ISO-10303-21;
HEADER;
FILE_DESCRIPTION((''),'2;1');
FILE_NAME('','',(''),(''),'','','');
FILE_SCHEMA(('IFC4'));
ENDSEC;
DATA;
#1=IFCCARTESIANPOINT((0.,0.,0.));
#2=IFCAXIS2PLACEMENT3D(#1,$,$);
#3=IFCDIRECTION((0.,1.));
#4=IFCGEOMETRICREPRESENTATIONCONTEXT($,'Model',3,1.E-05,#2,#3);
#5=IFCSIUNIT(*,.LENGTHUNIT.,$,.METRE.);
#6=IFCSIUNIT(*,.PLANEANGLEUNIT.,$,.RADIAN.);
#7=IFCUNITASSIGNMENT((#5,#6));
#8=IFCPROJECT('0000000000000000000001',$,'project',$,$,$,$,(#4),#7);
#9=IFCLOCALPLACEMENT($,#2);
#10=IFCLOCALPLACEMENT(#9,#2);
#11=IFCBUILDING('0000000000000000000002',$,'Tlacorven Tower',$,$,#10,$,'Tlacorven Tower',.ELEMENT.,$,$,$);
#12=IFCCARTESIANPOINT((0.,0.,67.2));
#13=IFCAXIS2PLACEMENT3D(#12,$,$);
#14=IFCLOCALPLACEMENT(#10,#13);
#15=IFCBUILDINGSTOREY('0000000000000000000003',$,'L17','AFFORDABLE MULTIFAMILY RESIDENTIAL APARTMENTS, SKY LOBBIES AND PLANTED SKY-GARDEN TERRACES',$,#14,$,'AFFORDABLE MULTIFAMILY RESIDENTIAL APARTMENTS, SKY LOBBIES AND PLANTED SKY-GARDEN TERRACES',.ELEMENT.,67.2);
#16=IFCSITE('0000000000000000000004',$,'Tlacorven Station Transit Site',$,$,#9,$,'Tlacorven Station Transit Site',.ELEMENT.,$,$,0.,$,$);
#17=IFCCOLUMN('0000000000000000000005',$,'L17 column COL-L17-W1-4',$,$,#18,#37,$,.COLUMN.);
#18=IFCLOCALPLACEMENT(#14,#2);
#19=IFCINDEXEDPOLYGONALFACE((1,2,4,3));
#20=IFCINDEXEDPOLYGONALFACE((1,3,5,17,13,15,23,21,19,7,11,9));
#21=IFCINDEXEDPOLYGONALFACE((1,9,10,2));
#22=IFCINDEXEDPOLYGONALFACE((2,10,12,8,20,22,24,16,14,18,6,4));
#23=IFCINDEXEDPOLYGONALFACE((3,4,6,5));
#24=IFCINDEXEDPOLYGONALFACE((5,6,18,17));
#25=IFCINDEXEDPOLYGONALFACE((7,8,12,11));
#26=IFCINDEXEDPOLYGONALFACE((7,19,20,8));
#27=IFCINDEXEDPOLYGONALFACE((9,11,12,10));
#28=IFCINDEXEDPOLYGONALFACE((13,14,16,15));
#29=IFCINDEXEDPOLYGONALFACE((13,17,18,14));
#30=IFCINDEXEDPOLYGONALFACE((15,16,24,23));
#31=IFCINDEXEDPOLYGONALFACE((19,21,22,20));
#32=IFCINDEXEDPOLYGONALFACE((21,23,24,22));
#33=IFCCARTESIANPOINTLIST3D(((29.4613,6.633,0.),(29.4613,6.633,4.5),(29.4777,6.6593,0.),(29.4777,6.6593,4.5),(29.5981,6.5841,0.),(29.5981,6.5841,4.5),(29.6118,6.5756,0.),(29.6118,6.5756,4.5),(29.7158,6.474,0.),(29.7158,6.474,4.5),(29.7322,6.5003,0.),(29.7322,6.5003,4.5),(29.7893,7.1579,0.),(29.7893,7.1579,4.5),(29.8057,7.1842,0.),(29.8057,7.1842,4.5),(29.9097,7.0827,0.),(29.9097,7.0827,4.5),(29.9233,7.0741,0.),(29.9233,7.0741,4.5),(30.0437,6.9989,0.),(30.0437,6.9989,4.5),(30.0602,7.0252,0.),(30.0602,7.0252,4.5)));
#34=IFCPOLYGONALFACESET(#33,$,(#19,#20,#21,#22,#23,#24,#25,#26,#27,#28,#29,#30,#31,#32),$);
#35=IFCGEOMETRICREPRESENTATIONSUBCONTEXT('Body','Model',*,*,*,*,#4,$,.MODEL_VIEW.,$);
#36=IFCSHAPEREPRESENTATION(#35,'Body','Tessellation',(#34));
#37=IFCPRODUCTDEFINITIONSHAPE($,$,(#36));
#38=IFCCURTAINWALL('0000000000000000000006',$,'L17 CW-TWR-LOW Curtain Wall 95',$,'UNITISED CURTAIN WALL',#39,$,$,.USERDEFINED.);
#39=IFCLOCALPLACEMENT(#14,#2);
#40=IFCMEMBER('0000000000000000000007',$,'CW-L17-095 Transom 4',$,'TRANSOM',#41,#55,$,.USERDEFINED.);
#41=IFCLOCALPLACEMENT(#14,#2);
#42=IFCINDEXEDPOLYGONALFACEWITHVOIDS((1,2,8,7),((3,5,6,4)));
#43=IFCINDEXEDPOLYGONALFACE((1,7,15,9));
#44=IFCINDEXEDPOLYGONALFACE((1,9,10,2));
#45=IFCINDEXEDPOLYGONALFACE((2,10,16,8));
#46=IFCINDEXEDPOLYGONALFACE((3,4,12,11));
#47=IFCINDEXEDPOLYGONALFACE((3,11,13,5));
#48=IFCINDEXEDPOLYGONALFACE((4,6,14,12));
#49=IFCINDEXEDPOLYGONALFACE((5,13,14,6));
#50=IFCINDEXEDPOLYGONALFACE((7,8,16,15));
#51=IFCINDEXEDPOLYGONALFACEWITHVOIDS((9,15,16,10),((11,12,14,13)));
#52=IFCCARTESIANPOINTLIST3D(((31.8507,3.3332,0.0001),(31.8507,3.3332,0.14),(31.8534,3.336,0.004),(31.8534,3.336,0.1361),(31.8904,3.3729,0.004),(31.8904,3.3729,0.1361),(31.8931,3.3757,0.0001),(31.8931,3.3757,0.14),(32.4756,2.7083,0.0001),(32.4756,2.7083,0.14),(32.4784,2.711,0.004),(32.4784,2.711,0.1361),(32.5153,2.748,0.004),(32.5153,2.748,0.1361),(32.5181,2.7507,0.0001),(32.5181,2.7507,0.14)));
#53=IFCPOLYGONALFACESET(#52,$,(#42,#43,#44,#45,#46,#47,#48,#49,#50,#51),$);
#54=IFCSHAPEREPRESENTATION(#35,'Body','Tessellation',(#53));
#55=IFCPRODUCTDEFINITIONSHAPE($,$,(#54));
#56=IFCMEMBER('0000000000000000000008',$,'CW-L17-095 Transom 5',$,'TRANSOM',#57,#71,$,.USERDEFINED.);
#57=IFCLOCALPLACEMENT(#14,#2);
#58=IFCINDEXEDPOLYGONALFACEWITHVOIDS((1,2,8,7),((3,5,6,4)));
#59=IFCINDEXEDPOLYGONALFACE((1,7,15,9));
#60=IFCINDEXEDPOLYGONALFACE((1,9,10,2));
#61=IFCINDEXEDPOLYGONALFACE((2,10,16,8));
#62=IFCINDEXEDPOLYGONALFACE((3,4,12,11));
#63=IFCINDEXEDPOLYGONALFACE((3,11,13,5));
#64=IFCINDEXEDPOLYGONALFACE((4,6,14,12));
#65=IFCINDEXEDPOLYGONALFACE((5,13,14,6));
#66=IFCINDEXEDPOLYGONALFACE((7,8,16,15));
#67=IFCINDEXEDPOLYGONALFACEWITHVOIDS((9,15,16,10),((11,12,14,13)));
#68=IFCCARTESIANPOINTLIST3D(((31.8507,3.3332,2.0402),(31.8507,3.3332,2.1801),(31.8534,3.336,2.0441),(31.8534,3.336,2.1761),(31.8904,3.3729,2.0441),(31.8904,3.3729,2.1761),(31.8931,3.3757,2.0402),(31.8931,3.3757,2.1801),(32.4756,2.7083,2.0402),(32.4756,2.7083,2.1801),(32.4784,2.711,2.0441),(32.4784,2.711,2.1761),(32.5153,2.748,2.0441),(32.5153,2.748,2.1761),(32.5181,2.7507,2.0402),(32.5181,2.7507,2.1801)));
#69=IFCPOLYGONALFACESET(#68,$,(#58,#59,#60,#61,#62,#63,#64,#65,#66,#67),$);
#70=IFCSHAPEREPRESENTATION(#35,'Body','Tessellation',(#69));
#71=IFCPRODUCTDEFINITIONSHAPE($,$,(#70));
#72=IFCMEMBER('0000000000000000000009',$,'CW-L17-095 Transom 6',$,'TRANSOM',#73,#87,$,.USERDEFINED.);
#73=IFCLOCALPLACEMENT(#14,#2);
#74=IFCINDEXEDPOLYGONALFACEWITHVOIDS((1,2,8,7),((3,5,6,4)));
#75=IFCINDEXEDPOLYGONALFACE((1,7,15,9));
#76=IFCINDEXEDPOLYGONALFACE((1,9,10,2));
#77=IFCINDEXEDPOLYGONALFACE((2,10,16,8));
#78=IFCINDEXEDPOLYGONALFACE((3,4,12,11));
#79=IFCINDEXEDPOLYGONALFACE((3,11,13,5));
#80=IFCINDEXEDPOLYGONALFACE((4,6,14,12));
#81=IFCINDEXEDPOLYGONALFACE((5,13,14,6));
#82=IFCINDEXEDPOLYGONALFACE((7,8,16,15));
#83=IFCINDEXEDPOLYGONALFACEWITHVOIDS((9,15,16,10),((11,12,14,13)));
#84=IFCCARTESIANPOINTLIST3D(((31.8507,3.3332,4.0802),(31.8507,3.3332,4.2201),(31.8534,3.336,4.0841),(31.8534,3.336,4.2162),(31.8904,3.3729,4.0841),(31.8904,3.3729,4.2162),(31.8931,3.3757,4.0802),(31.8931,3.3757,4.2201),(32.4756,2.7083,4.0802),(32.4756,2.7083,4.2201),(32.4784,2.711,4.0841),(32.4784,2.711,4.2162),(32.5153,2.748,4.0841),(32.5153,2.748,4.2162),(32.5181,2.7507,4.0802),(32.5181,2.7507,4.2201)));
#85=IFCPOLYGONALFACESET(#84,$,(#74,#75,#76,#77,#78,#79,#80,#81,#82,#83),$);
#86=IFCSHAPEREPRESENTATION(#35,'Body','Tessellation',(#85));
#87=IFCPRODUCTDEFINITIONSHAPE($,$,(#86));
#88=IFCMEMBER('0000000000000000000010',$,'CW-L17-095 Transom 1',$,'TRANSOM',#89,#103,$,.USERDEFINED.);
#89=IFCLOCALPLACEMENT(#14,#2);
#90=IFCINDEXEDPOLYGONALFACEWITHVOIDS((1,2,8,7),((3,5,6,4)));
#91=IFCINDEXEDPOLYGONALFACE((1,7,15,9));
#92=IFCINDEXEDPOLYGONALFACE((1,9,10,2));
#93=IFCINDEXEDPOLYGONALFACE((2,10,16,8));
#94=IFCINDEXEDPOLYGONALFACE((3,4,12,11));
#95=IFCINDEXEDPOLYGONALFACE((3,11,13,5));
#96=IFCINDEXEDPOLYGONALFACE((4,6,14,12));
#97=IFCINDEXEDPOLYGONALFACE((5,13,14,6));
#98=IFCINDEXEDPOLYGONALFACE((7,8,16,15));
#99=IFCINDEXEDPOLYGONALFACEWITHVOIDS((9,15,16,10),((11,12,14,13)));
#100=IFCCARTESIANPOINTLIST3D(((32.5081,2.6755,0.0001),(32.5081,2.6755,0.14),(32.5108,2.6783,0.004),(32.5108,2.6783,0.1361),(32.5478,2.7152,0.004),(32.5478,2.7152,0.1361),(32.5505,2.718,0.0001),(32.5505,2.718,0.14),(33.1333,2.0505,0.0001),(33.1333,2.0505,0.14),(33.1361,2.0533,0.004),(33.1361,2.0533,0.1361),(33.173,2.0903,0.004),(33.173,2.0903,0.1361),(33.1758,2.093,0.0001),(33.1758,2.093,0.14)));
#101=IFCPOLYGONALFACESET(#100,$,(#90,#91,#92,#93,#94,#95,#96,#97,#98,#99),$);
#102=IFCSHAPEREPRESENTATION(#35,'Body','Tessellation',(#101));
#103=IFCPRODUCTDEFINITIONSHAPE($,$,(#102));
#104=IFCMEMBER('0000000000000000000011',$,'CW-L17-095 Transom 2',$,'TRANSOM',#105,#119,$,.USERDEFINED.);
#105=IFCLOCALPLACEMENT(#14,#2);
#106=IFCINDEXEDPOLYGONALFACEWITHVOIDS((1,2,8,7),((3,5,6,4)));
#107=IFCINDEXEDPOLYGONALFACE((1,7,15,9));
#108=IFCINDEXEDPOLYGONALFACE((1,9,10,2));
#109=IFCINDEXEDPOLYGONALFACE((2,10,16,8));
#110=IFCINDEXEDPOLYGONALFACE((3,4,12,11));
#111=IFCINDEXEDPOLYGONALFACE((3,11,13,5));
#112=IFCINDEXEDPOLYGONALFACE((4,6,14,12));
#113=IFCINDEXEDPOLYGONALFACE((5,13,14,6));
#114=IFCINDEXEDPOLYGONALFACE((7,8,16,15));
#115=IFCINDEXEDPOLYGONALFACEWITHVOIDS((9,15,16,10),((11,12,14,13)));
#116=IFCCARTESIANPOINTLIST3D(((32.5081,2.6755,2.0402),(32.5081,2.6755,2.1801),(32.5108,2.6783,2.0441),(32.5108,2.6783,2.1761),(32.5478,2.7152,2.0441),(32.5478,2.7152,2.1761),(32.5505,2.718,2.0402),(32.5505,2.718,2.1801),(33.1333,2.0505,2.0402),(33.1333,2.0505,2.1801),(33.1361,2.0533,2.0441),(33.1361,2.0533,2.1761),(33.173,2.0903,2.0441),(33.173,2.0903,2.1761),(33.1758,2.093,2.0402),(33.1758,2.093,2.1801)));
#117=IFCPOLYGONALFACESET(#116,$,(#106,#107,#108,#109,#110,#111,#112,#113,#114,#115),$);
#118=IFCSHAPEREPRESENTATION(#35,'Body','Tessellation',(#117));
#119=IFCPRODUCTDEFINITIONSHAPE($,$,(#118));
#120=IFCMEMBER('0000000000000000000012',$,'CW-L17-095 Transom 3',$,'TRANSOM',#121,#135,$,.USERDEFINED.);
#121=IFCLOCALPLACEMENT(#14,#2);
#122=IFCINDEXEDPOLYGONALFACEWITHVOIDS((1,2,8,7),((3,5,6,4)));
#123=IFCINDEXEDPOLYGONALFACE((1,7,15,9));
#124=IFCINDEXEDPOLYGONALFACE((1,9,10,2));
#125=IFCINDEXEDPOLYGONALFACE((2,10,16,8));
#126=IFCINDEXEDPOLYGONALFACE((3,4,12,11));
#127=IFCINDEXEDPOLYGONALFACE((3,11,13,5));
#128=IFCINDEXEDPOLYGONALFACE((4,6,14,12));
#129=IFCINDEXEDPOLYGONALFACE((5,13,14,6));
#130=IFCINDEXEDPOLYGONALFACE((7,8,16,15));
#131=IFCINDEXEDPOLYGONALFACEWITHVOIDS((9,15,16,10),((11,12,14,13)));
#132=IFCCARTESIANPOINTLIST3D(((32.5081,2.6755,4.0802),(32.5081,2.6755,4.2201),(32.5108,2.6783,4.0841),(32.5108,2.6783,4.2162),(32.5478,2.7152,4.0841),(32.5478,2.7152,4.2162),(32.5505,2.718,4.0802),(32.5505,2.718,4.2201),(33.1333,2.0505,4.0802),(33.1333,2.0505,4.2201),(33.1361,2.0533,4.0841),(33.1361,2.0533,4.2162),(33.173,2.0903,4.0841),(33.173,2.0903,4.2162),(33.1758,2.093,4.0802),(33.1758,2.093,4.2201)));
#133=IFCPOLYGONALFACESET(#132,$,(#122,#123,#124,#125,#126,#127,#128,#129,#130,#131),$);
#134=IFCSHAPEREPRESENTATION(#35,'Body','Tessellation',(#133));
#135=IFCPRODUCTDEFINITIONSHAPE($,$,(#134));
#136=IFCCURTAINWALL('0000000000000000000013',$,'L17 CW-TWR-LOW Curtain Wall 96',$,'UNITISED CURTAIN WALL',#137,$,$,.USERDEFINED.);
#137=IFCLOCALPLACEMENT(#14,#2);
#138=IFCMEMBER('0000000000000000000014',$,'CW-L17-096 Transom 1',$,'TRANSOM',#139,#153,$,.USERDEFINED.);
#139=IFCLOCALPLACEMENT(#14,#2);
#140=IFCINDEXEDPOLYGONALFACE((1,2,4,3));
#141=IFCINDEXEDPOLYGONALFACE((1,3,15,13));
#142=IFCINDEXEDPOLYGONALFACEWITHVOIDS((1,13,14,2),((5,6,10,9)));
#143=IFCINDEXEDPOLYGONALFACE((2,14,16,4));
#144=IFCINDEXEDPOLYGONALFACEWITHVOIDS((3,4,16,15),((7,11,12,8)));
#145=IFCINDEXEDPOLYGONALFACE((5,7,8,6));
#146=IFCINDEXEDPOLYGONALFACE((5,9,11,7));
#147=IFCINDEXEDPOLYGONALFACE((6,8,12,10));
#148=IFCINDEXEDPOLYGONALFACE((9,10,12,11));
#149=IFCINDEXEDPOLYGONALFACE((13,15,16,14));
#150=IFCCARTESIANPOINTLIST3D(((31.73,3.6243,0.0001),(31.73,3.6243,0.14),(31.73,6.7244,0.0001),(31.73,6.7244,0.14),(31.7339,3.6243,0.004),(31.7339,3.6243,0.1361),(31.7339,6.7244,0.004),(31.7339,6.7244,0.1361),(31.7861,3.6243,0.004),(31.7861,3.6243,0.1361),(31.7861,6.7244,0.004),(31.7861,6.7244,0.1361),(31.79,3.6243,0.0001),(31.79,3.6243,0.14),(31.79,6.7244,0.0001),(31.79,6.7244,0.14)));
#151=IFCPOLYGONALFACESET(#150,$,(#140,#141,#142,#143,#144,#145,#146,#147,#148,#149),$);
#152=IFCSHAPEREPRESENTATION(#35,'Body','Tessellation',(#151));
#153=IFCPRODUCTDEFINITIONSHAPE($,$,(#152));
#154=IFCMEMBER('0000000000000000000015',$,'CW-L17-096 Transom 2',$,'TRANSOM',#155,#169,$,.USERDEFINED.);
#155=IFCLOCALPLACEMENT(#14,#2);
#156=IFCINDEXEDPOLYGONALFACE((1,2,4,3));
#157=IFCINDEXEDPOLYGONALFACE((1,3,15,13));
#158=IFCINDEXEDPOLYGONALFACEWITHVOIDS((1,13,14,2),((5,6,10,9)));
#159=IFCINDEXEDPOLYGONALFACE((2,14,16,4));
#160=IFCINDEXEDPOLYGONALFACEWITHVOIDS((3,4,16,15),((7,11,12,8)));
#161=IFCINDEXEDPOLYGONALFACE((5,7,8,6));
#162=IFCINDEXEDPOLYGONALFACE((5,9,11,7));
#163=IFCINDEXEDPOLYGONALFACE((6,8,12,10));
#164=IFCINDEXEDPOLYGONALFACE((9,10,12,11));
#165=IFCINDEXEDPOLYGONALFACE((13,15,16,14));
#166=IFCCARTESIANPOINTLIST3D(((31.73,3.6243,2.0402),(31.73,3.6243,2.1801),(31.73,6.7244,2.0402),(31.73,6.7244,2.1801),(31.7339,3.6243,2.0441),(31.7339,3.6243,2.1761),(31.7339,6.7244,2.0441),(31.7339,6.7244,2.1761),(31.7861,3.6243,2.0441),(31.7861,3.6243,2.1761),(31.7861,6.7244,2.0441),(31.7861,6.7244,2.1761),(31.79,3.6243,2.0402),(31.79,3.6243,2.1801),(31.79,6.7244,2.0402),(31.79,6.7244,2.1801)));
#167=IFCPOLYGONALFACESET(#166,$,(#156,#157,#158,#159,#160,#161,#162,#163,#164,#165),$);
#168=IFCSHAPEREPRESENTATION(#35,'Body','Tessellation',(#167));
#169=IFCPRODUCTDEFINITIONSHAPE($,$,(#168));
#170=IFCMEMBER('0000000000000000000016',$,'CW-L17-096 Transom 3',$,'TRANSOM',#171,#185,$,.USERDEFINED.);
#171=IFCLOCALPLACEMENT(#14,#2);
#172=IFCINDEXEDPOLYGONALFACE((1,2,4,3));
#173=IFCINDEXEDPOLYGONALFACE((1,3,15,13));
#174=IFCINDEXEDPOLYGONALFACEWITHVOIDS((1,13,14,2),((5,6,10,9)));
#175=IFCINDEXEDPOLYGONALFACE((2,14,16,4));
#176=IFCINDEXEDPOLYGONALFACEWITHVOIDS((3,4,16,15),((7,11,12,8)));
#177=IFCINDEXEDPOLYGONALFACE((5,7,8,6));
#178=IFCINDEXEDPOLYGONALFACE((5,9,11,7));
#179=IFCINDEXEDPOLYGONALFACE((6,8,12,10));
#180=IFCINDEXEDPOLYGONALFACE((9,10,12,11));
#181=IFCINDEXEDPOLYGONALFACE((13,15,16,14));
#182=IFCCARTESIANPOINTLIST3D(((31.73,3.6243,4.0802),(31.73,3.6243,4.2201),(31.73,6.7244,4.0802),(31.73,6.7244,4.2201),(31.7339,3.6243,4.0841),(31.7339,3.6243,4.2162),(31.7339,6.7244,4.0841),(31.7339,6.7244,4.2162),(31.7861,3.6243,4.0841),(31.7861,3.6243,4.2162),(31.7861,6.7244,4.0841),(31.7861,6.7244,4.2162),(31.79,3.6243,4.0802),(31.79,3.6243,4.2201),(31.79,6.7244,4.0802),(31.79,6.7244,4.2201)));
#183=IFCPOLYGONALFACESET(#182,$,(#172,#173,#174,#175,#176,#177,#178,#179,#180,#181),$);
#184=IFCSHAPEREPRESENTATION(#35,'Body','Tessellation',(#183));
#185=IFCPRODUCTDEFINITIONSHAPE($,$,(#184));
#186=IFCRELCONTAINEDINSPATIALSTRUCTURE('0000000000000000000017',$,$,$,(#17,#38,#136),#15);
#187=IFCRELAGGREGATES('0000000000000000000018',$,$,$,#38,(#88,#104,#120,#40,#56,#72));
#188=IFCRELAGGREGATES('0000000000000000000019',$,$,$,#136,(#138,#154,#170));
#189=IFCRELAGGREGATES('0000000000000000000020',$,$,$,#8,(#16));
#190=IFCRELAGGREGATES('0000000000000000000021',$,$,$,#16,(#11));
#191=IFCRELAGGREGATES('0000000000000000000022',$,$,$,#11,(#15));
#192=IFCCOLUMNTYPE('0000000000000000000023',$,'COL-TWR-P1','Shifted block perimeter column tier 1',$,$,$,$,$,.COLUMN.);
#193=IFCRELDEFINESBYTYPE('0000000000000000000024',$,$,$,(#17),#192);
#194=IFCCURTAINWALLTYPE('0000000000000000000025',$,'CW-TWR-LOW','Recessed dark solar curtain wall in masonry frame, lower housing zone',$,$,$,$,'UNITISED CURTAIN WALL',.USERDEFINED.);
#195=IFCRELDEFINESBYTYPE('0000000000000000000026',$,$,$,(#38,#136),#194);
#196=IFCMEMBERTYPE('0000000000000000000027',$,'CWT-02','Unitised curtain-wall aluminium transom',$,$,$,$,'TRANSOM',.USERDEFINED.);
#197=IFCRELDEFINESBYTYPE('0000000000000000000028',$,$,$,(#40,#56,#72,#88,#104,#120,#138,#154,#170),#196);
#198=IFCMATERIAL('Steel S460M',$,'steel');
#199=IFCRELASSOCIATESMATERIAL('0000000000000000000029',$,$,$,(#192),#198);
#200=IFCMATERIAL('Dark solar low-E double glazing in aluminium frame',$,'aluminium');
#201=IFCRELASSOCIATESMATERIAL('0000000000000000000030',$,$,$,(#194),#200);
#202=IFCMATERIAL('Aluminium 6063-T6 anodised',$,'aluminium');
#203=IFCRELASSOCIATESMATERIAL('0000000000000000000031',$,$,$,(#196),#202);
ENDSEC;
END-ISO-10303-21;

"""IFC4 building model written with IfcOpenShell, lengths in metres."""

from ifc_helpers import new_model, si_unit, direction, frame, origin, origin_2d, place, context, subcontext, project, spatial, hollow_rectangle, i_section, extrude, source, transform, mapped, material, material_profile, profile_set, type_object, element, aggregate, save


model = new_model("IFC4")

# Units and contexts
model_context = context("Model", 3, precision=1e-05, world=origin(), true_north=direction((0.0, 1.0)))
body_context = subcontext(model_context, "Body", "Model", "MODEL_VIEW")
ifc_project = project(units=[si_unit("LENGTHUNIT", "METRE"), si_unit("PLANEANGLEUNIT", "RADIAN")], contexts=[model_context])

# Site, building, storey
site_placement = place(None, origin())
site = spatial("IfcSite", under=ifc_project, at=site_placement, Name="Tlacorven Station Transit Site", LongName="Tlacorven Station Transit Site", CompositionType="ELEMENT", RefElevation=0.0)
building_placement = place(site_placement, origin())
building = spatial("IfcBuilding", under=site, at=building_placement, Name="Tlacorven Tower", LongName="Tlacorven Tower", CompositionType="ELEMENT")
storey_placement = place(building_placement, frame((0.0, 0.0, 67.2)))
storey = spatial("IfcBuildingStorey", under=building, at=storey_placement, Name="L17", Description="AFFORDABLE MULTIFAMILY RESIDENTIAL APARTMENTS, SKY LOBBIES AND PLANTED SKY-GARDEN TERRACES", LongName="AFFORDABLE MULTIFAMILY RESIDENTIAL APARTMENTS, SKY LOBBIES AND PLANTED SKY-GARDEN TERRACES", CompositionType="ELEMENT", Elevation=67.2)

# Column
ifc_material_1 = material(Name="Steel S460M", Category="steel")
ifc_material_profile_1 = material_profile(ifc_material_1, i_section(OverallWidth=0.3, OverallDepth=0.6499, WebThickness=0.0161, FlangeThickness=0.031, at=origin_2d()), Name="HEB 650")
ifc_profile_set_1 = profile_set([ifc_material_profile_1], Name="Steel S460M")
column_type = type_object("IfcColumnType", Name="COL-TWR-P1", Description="Shifted block perimeter column tier 1", PredefinedType="COLUMN", material=ifc_profile_set_1)
shared_shape_1 = source(origin(), body_context, "Body", "SweptSolid", [
    extrude(i_section(OverallWidth=0.3, OverallDepth=0.6499, WebThickness=0.0161, FlangeThickness=0.031, at=origin_2d()), origin(), (0.0, 0.0, 1.0), 4.5),
])
column_placement = place(storey_placement, frame((29.7607, 6.8291, 0.0), z_axis=(0.0, 0.0, 1.0), x_axis=(-0.848048, 0.529919, 0.0)))
element("IfcColumn", 1, at=column_placement, inside=storey, type_object=column_type, Name="L17 column COL-L17-W1-4", PredefinedType="COLUMN", context=body_context, shape_type="MappedRepresentation", body=[
    mapped(shared_shape_1, transform((0.0, 0.0, 0.0), scale=1.0)),
])

# Curtain walls, members
ifc_material_2 = material(Name="Dark solar low-E double glazing in aluminium frame", Category="aluminium")
curtain_wall_type = type_object("IfcCurtainWallType", Name="CW-TWR-LOW", Description="Recessed dark solar curtain wall in masonry frame, lower housing zone", ElementType="UNITISED CURTAIN WALL", PredefinedType="USERDEFINED", material=ifc_material_2)
curtain_wall_1_placement = place(storey_placement, origin())
curtain_wall_1 = element("IfcCurtainWall", 2, at=curtain_wall_1_placement, inside=storey, type_object=curtain_wall_type, Name="L17 CW-TWR-LOW Curtain Wall 95", ObjectType="UNITISED CURTAIN WALL", PredefinedType="USERDEFINED")
ifc_material_3 = material(Name="Aluminium 6063-T6 anodised", Category="aluminium")
ifc_material_profile_2 = material_profile(ifc_material_3, hollow_rectangle(XDim=0.0601, YDim=0.1399, WallThickness=0.0039, at=origin_2d()), Name="ALU TRANSOM 60X140")
ifc_profile_set_2 = profile_set([ifc_material_profile_2], Name="Aluminium 6063-T6 anodised")
member_type_1 = type_object("IfcMemberType", Name="CWT-02", Description="Unitised curtain-wall aluminium transom", ElementType="TRANSOM", PredefinedType="USERDEFINED", material=ifc_profile_set_2)
shared_shape_2 = source(origin(), body_context, "Body", "SweptSolid", [
    extrude(hollow_rectangle(XDim=0.0601, YDim=0.1399, WallThickness=0.0039, at=origin_2d()), origin(), (0.0, 0.0, 1.0), 0.8838),
])
member_1_placement = place(storey_placement, frame((32.4968, 2.7295, 0.0701), z_axis=(-0.707107, 0.707107, 0.0), x_axis=(-0.707107, -0.707107, 0.0)))
member_1 = element("IfcMember", 3, at=member_1_placement, type_object=member_type_1, Name="CW-L17-095 Transom 4", ObjectType="TRANSOM", PredefinedType="USERDEFINED", context=body_context, shape_type="MappedRepresentation", body=[
    mapped(shared_shape_2, transform((0.0, 0.0, 0.0), scale=1.0)),
])
member_2_placement = place(storey_placement, frame((32.4968, 2.7295, 2.1101), z_axis=(-0.707107, 0.707107, 0.0), x_axis=(-0.707107, -0.707107, 0.0)))
member_2 = element("IfcMember", 4, at=member_2_placement, type_object=member_type_1, Name="CW-L17-095 Transom 5", ObjectType="TRANSOM", PredefinedType="USERDEFINED", context=body_context, shape_type="MappedRepresentation", body=[
    mapped(shared_shape_2, transform((0.0, 0.0, 0.0), scale=1.0)),
])
member_3_placement = place(storey_placement, frame((32.4968, 2.7295, 4.1501), z_axis=(-0.707107, 0.707107, 0.0), x_axis=(-0.707107, -0.707107, 0.0)))
member_3 = element("IfcMember", 5, at=member_3_placement, type_object=member_type_1, Name="CW-L17-095 Transom 6", ObjectType="TRANSOM", PredefinedType="USERDEFINED", context=body_context, shape_type="MappedRepresentation", body=[
    mapped(shared_shape_2, transform((0.0, 0.0, 0.0), scale=1.0)),
])
shared_shape_3 = source(origin(), body_context, "Body", "SweptSolid", [
    extrude(hollow_rectangle(XDim=0.0601, YDim=0.1399, WallThickness=0.0039, at=origin_2d()), origin(), (0.0, 0.0, 1.0), 0.884),
])
member_4_placement = place(storey_placement, frame((33.1545, 2.0718, 0.0701), z_axis=(-0.707245, 0.706969, 0.0), x_axis=(-0.706969, -0.707245, 0.0)))
member_4 = element("IfcMember", 6, at=member_4_placement, type_object=member_type_1, Name="CW-L17-095 Transom 1", ObjectType="TRANSOM", PredefinedType="USERDEFINED", context=body_context, shape_type="MappedRepresentation", body=[
    mapped(shared_shape_3, transform((0.0, 0.0, 0.0), scale=1.0)),
])
member_5_placement = place(storey_placement, frame((33.1545, 2.0718, 2.1101), z_axis=(-0.707245, 0.706969, 0.0), x_axis=(-0.706969, -0.707245, 0.0)))
member_5 = element("IfcMember", 7, at=member_5_placement, type_object=member_type_1, Name="CW-L17-095 Transom 2", ObjectType="TRANSOM", PredefinedType="USERDEFINED", context=body_context, shape_type="MappedRepresentation", body=[
    mapped(shared_shape_3, transform((0.0, 0.0, 0.0), scale=1.0)),
])
member_6_placement = place(storey_placement, frame((33.1545, 2.0718, 4.1501), z_axis=(-0.707245, 0.706969, 0.0), x_axis=(-0.706969, -0.707245, 0.0)))
member_6 = element("IfcMember", 8, at=member_6_placement, type_object=member_type_1, Name="CW-L17-095 Transom 3", ObjectType="TRANSOM", PredefinedType="USERDEFINED", context=body_context, shape_type="MappedRepresentation", body=[
    mapped(shared_shape_3, transform((0.0, 0.0, 0.0), scale=1.0)),
])
curtain_wall_2_placement = place(storey_placement, origin())
curtain_wall_2 = element("IfcCurtainWall", 9, at=curtain_wall_2_placement, inside=storey, type_object=curtain_wall_type, Name="L17 CW-TWR-LOW Curtain Wall 96", ObjectType="UNITISED CURTAIN WALL", PredefinedType="USERDEFINED")
shared_shape_4 = source(origin(), body_context, "Body", "SweptSolid", [
    extrude(hollow_rectangle(XDim=0.0601, YDim=0.1399, WallThickness=0.0039, at=origin_2d()), origin(), (0.0, 0.0, 1.0), 3.1001),
])
member_7_placement = place(storey_placement, frame((31.76, 3.6243, 0.0701), z_axis=(0.0, 1.0, 0.0), x_axis=(-1.0, 0.0, 0.0)))
member_7 = element("IfcMember", 10, at=member_7_placement, type_object=member_type_1, Name="CW-L17-096 Transom 1", ObjectType="TRANSOM", PredefinedType="USERDEFINED", context=body_context, shape_type="MappedRepresentation", body=[
    mapped(shared_shape_4, transform((0.0, 0.0, 0.0), scale=1.0)),
])
member_8_placement = place(storey_placement, frame((31.76, 3.6243, 2.1101), z_axis=(0.0, 1.0, 0.0), x_axis=(-1.0, 0.0, 0.0)))
member_8 = element("IfcMember", 11, at=member_8_placement, type_object=member_type_1, Name="CW-L17-096 Transom 2", ObjectType="TRANSOM", PredefinedType="USERDEFINED", context=body_context, shape_type="MappedRepresentation", body=[
    mapped(shared_shape_4, transform((0.0, 0.0, 0.0), scale=1.0)),
])
member_9_placement = place(storey_placement, frame((31.76, 3.6243, 4.1501), z_axis=(0.0, 1.0, 0.0), x_axis=(-1.0, 0.0, 0.0)))
member_9 = element("IfcMember", 12, at=member_9_placement, type_object=member_type_1, Name="CW-L17-096 Transom 3", ObjectType="TRANSOM", PredefinedType="USERDEFINED", context=body_context, shape_type="MappedRepresentation", body=[
    mapped(shared_shape_4, transform((0.0, 0.0, 0.0), scale=1.0)),
])

aggregate(curtain_wall_1, [member_4, member_5, member_6, member_1, member_2, member_3])
aggregate(curtain_wall_2, [member_7, member_8, member_9])

save(model, "model.ifc")
